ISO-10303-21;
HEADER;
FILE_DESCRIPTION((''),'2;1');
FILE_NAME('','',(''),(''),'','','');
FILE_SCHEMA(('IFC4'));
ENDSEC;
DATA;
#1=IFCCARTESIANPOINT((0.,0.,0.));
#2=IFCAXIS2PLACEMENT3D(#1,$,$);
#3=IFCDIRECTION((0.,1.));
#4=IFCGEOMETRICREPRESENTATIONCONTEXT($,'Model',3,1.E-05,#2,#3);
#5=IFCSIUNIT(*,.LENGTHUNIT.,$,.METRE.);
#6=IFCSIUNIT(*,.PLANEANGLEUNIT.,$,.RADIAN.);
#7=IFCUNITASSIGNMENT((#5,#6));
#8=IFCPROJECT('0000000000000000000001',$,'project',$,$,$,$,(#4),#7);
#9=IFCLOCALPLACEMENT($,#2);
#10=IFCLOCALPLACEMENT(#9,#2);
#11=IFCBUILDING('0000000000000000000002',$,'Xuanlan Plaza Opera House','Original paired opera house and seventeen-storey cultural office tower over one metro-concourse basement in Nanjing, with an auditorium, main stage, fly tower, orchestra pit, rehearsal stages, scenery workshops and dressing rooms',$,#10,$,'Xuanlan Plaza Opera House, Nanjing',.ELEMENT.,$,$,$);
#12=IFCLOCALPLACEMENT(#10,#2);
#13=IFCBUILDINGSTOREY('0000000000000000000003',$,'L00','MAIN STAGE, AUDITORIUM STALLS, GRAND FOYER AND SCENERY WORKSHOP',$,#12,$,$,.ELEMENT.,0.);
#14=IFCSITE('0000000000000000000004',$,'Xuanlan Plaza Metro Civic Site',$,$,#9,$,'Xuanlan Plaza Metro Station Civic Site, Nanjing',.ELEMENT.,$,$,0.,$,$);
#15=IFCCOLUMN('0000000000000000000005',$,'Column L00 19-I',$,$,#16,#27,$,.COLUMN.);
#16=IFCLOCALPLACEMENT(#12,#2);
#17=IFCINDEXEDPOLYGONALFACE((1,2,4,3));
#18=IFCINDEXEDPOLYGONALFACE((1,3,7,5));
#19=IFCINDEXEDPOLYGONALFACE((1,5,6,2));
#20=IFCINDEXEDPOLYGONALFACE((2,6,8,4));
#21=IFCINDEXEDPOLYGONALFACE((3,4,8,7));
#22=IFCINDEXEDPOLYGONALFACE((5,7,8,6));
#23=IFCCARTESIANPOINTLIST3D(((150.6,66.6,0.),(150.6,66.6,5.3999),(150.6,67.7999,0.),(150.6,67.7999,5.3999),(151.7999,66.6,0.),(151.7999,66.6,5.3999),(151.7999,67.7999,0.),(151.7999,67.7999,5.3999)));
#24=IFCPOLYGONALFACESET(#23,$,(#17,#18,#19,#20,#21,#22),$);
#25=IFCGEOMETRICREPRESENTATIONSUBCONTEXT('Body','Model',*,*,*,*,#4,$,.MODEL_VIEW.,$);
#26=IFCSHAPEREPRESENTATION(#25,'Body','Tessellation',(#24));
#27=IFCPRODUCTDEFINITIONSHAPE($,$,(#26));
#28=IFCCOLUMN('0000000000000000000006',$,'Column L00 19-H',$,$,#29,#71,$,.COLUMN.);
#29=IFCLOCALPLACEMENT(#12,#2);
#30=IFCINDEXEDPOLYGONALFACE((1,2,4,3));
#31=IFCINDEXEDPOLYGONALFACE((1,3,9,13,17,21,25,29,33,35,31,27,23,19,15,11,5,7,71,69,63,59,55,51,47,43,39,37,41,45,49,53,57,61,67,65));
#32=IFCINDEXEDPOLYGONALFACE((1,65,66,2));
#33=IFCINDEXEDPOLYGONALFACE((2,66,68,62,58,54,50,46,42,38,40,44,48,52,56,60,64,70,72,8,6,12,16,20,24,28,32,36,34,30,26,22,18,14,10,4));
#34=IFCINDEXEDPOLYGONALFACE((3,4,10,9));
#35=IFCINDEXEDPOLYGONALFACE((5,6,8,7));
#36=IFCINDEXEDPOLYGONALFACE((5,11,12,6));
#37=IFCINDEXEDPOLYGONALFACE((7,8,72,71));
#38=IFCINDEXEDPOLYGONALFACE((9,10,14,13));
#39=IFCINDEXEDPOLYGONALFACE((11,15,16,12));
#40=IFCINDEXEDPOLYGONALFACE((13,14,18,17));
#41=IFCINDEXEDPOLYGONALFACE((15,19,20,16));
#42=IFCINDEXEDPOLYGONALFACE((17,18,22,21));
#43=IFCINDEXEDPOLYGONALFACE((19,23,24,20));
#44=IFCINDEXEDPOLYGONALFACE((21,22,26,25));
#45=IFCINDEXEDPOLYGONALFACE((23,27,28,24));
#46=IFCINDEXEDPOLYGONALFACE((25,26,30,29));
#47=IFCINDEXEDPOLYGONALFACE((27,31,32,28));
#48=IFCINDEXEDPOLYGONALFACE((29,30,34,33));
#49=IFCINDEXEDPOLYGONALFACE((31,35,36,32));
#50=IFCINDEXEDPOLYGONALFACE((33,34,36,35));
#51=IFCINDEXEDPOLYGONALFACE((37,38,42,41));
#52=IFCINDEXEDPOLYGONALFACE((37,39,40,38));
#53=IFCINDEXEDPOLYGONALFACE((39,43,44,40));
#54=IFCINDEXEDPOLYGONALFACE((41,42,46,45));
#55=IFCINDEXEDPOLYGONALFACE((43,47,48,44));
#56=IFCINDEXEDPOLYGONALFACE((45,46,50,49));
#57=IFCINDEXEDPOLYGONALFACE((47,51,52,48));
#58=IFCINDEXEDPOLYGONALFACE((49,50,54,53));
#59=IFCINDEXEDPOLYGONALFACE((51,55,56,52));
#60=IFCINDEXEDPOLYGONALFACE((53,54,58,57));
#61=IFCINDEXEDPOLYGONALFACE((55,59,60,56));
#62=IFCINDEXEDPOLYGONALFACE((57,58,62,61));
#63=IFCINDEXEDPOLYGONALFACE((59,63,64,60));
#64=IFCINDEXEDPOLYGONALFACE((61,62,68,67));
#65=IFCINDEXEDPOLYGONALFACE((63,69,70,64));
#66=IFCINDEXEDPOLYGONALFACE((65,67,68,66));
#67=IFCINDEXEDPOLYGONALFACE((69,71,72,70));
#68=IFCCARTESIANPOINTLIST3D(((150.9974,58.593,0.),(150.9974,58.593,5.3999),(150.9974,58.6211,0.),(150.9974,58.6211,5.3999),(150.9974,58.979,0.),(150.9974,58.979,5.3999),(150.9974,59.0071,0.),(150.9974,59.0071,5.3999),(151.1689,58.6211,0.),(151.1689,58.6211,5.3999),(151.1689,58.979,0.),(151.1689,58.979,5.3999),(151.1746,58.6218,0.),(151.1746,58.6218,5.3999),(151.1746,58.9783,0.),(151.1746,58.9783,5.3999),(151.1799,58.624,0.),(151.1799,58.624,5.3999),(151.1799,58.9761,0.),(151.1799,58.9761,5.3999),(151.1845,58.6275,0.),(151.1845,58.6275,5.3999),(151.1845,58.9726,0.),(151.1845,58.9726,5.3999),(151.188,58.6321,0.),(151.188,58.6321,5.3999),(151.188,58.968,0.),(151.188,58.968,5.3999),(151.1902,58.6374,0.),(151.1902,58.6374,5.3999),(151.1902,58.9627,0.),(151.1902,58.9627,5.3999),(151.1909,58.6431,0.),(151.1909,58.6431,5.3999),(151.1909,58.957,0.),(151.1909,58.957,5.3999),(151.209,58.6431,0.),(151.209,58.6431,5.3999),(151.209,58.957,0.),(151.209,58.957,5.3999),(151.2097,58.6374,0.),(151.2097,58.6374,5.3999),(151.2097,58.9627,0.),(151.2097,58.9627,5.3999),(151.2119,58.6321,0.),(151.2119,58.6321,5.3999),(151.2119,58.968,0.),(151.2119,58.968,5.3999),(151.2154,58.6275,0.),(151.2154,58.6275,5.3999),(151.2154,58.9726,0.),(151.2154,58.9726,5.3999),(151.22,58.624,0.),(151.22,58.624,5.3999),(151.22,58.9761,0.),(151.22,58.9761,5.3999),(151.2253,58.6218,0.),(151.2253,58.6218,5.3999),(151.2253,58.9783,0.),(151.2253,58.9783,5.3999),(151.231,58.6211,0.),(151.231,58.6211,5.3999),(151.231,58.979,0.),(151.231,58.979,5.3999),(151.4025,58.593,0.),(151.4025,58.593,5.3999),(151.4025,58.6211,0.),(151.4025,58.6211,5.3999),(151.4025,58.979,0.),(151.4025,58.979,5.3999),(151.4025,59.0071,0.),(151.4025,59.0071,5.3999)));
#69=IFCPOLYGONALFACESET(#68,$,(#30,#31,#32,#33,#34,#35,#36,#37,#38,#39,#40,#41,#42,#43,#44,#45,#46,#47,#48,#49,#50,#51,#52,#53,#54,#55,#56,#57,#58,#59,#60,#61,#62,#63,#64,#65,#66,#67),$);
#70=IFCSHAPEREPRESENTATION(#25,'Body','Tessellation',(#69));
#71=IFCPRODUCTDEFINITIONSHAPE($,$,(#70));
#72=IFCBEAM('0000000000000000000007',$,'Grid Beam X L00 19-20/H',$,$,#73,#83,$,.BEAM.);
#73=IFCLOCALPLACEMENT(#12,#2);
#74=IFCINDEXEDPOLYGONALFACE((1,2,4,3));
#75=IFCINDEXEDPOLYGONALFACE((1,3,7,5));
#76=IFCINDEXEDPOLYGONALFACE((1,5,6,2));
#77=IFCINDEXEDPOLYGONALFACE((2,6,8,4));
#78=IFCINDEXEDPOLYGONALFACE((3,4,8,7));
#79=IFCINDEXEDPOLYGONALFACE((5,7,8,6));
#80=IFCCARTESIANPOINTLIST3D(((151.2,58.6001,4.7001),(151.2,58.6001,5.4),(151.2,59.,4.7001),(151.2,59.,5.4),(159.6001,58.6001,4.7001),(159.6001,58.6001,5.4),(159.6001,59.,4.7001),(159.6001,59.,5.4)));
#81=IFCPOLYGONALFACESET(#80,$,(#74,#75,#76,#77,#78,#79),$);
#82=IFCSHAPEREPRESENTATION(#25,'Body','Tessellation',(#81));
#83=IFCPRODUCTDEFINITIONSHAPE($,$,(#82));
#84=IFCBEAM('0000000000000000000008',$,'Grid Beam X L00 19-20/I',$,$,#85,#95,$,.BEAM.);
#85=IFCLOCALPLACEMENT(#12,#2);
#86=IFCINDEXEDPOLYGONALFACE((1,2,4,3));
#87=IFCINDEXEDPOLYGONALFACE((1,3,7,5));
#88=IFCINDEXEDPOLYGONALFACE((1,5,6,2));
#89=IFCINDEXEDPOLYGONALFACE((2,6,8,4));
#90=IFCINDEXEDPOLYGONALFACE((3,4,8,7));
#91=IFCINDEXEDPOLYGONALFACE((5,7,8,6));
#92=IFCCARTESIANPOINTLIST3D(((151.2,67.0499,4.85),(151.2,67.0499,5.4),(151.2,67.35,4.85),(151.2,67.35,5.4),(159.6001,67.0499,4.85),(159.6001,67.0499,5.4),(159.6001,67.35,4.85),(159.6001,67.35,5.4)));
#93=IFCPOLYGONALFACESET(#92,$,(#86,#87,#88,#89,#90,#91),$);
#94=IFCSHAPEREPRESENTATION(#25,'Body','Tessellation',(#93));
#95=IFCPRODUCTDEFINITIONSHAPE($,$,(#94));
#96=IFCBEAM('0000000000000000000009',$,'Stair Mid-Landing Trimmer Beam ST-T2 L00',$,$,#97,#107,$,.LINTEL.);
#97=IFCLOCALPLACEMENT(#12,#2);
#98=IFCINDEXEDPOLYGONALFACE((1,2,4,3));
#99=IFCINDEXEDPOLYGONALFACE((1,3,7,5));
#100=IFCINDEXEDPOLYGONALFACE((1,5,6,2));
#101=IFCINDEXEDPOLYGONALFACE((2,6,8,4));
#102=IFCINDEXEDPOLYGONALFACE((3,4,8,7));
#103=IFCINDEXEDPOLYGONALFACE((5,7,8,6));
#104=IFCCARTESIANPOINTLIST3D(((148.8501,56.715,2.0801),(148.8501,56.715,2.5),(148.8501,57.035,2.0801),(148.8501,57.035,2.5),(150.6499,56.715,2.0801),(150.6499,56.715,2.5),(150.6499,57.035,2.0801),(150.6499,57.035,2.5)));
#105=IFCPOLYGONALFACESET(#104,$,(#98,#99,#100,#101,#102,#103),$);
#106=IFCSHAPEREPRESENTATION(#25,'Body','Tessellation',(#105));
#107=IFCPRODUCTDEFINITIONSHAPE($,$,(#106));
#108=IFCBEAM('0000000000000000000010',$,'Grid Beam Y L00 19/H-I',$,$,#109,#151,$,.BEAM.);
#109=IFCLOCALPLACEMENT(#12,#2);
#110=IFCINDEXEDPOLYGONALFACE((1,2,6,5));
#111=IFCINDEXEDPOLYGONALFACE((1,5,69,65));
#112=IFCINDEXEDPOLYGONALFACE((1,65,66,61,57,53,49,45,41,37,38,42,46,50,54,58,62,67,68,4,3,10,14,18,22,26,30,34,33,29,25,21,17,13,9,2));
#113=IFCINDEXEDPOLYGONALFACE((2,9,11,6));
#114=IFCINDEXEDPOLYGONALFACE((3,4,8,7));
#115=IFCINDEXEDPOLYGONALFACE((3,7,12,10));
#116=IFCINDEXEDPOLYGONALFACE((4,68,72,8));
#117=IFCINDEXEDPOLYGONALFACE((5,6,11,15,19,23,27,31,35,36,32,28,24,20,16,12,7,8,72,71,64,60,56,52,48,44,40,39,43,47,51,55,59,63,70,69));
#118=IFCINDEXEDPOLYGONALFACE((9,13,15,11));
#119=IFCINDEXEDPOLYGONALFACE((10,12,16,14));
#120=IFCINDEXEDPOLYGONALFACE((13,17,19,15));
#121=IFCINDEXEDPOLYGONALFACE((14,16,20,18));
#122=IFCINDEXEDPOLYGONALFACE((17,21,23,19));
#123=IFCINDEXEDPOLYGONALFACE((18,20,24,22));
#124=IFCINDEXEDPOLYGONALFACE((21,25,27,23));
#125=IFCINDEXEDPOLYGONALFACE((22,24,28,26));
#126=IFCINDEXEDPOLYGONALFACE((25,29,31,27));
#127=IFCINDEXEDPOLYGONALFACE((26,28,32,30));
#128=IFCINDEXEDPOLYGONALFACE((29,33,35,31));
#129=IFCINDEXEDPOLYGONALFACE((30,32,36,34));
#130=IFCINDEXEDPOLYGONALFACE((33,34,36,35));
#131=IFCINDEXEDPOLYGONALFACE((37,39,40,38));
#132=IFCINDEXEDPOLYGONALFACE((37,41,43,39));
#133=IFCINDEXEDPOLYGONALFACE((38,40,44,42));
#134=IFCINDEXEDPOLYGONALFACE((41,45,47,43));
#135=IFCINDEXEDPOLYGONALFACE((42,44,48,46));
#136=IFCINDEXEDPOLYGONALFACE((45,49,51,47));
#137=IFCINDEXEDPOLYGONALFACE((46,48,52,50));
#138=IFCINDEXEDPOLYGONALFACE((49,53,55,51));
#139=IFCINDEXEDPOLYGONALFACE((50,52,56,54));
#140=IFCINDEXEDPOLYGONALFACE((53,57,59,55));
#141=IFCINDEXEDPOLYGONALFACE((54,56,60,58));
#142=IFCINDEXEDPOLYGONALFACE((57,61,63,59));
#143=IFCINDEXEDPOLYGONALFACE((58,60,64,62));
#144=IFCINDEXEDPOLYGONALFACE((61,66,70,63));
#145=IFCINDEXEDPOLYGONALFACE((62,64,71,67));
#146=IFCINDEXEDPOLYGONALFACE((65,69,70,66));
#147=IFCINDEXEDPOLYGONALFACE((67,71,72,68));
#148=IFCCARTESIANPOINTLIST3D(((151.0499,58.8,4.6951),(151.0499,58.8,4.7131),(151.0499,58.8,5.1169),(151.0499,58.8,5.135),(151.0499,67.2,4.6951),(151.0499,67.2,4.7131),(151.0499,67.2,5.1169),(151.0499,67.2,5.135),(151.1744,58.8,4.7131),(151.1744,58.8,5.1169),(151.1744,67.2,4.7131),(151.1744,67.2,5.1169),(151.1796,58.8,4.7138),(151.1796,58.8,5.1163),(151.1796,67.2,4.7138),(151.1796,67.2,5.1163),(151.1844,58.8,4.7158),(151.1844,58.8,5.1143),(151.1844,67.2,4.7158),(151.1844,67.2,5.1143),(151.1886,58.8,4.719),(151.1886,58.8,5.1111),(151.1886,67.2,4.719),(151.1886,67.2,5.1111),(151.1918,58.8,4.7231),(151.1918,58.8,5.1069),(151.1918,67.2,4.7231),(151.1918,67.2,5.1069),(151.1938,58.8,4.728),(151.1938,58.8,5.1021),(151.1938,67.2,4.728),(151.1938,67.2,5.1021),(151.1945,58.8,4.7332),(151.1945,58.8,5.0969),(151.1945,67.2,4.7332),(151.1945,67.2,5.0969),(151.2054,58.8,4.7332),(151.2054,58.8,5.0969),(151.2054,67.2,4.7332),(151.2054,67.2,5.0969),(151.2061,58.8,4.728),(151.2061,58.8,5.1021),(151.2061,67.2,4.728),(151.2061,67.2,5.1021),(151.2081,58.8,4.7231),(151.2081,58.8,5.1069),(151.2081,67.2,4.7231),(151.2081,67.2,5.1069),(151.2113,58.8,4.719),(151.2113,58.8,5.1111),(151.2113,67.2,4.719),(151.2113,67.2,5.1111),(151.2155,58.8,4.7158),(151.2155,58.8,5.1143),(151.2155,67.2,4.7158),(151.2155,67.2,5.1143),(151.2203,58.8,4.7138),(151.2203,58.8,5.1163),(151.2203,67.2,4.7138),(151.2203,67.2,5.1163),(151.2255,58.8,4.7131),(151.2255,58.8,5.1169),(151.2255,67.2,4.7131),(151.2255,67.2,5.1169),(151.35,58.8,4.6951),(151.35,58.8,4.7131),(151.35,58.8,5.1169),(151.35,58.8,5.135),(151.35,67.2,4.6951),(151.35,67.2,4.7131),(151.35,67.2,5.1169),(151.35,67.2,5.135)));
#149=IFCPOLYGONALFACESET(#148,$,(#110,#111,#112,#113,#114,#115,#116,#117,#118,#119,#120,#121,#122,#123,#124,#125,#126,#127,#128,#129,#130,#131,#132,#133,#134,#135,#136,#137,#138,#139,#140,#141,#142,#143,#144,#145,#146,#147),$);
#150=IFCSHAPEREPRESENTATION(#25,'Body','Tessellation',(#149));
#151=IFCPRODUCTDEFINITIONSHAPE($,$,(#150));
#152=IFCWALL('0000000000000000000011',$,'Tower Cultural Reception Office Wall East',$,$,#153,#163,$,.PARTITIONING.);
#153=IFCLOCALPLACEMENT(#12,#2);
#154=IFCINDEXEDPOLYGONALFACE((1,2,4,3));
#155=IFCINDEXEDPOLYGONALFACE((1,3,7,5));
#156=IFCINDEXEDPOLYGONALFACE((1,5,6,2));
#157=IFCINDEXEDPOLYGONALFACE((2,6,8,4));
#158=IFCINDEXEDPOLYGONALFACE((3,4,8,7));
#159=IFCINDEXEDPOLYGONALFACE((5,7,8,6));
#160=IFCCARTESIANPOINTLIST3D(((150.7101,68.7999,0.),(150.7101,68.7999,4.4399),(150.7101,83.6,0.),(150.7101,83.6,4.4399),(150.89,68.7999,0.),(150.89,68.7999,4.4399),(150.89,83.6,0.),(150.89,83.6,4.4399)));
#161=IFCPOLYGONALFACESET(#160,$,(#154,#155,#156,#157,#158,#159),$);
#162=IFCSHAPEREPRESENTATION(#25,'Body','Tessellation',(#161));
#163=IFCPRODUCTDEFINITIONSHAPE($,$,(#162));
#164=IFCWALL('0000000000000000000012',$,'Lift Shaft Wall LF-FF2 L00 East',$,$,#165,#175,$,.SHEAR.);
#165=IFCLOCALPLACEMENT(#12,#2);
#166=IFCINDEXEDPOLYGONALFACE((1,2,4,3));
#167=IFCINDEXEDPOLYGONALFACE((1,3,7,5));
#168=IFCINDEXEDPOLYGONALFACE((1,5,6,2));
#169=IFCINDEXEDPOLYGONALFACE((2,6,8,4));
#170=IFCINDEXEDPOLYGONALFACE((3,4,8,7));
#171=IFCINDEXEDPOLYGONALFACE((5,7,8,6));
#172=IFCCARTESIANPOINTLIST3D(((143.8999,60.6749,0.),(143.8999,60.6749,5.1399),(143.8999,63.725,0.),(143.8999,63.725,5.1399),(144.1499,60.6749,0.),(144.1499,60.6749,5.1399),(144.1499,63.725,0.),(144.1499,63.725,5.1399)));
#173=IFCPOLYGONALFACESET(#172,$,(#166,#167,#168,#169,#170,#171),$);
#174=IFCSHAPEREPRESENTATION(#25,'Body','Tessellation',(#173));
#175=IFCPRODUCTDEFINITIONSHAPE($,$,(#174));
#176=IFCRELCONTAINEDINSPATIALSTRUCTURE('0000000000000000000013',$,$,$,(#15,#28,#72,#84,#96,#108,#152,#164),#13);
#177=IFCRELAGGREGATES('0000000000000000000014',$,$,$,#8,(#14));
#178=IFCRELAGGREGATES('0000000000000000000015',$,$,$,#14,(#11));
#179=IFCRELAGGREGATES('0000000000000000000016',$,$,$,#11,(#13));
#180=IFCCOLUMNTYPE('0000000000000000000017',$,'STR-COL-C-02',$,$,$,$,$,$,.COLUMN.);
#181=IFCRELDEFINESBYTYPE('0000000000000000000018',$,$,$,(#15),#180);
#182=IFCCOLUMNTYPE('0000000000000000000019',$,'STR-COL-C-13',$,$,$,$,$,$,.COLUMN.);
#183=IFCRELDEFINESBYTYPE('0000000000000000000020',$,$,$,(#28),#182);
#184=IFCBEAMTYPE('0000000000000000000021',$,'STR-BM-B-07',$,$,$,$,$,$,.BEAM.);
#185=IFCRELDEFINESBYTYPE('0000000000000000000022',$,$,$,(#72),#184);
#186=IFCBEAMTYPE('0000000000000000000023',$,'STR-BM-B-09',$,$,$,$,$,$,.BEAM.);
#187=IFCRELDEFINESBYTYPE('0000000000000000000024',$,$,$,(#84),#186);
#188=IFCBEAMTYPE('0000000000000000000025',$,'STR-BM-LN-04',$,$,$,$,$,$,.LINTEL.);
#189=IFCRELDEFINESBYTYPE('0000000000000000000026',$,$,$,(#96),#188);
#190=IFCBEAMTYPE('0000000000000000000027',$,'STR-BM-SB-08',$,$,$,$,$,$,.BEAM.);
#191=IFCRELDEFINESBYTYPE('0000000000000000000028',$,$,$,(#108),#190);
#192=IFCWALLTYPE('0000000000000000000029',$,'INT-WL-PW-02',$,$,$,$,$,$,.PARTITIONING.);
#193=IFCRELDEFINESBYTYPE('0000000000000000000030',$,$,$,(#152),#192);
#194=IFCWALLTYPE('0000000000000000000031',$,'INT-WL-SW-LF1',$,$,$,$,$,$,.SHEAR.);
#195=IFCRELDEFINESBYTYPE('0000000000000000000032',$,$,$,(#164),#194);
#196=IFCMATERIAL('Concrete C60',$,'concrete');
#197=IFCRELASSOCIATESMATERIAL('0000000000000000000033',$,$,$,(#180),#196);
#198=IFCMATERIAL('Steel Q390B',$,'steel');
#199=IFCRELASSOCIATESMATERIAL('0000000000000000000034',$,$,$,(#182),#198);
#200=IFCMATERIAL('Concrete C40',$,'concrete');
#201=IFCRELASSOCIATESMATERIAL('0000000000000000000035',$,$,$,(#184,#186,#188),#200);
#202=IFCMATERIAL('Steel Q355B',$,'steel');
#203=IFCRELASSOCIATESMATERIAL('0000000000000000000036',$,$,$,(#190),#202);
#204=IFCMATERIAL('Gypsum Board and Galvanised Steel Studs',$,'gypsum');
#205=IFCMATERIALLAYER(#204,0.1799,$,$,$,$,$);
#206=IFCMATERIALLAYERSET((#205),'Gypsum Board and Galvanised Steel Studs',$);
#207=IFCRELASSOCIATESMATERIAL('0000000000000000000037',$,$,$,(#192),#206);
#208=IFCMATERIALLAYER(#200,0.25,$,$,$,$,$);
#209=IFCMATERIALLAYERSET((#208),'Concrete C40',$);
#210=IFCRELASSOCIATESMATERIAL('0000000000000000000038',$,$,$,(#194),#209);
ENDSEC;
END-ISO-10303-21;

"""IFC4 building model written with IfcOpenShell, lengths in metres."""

from ifc_helpers import new_model, si_unit, direction, frame, frame_2d, origin, origin_2d, place, context, subcontext, project, spatial, rectangle, i_section, extrude, material, layer, layer_set, material_profile, profile_set, type_object, element, save


model = new_model("IFC4")

# Units and contexts
model_context = context("Model", 3, precision=1e-05, world=origin(), true_north=direction((0.0, 1.0)))
body_context = subcontext(model_context, "Body", "Model", "MODEL_VIEW")
ifc_project = project(units=[si_unit("LENGTHUNIT", "METRE"), si_unit("PLANEANGLEUNIT", "RADIAN")], contexts=[model_context])

# Site, building, storey
site_placement = place(None, origin())
site = spatial("IfcSite", under=ifc_project, at=site_placement, Name="Xuanlan Plaza Metro Civic Site", LongName="Xuanlan Plaza Metro Station Civic Site, Nanjing", CompositionType="ELEMENT", RefElevation=0.0)
building_placement = place(site_placement, origin())
building = spatial("IfcBuilding", under=site, at=building_placement, Name="Xuanlan Plaza Opera House", Description="Original paired opera house and seventeen-storey cultural office tower over one metro-concourse basement in Nanjing, with an auditorium, main stage, fly tower, orchestra pit, rehearsal stages, scenery workshops and dressing rooms", LongName="Xuanlan Plaza Opera House, Nanjing", CompositionType="ELEMENT")
storey_placement = place(building_placement, origin())
storey = spatial("IfcBuildingStorey", under=building, at=storey_placement, Name="L00", Description="MAIN STAGE, AUDITORIUM STALLS, GRAND FOYER AND SCENERY WORKSHOP", CompositionType="ELEMENT", Elevation=0.0)

# Columns
ifc_material_1 = material(Name="Concrete C60", Category="concrete")
ifc_material_profile_1 = material_profile(ifc_material_1, rectangle(XDim=1.2, YDim=1.2, at=origin_2d()), Name="RC-COL 1200x1200")
ifc_profile_set_1 = profile_set([ifc_material_profile_1], Name="Concrete C60")
column_type_1 = type_object("IfcColumnType", Name="STR-COL-C-02", PredefinedType="COLUMN", material=ifc_profile_set_1)
column_1_placement = place(storey_placement, frame((151.2, 67.2, 0.0), z_axis=(0.0, 0.0, 1.0), x_axis=(1.0, 0.0, 0.0)))
element("IfcColumn", 1, at=column_1_placement, inside=storey, type_object=column_type_1, Name="Column L00 19-I", PredefinedType="COLUMN", context=body_context, shape_type="SweptSolid", body=[
    extrude(rectangle(XDim=1.2, YDim=1.2, at=origin_2d()), origin(), (0.0, 0.0, 1.0), 5.3999),
])
ifc_material_2 = material(Name="Steel Q390B", Category="steel")
ifc_material_profile_2 = material_profile(ifc_material_2, i_section(OverallWidth=0.405, OverallDepth=0.4141, WebThickness=0.0181, FlangeThickness=0.0281, FilletRadius=0.022, at=origin_2d()), Name="HW 414x405x18x28")
ifc_profile_set_2 = profile_set([ifc_material_profile_2], Name="Steel Q390B")
column_type_2 = type_object("IfcColumnType", Name="STR-COL-C-13", PredefinedType="COLUMN", material=ifc_profile_set_2)
column_2_placement = place(storey_placement, frame((151.2, 58.8, 0.0), z_axis=(0.0, 0.0, 1.0), x_axis=(1.0, 0.0, 0.0)))
element("IfcColumn", 2, at=column_2_placement, inside=storey, type_object=column_type_2, Name="Column L00 19-H", PredefinedType="COLUMN", context=body_context, shape_type="SweptSolid", body=[
    extrude(i_section(OverallWidth=0.405, OverallDepth=0.4141, WebThickness=0.0181, FlangeThickness=0.0281, FilletRadius=0.022, at=origin_2d()), origin(), (0.0, 0.0, 1.0), 5.3999),
])

# Beams
ifc_material_3 = material(Name="Concrete C40", Category="concrete")
ifc_material_profile_3 = material_profile(ifc_material_3, rectangle(XDim=0.3999, YDim=0.7, at=origin_2d()), Name="RC-BM 400x700")
ifc_profile_set_3 = profile_set([ifc_material_profile_3], Name="Concrete C40")
beam_type_1 = type_object("IfcBeamType", Name="STR-BM-B-07", PredefinedType="BEAM", material=ifc_profile_set_3)
beam_1_placement = place(storey_placement, frame((151.2, 58.8, 5.05), z_axis=(1.0, 0.0, 0.0), x_axis=(0.0, 1.0, 0.0)))
element("IfcBeam", 3, at=beam_1_placement, inside=storey, type_object=beam_type_1, Name="Grid Beam X L00 19-20/H", PredefinedType="BEAM", context=body_context, shape_type="SweptSolid", body=[
    extrude(rectangle(XDim=0.3999, YDim=0.7, at=origin_2d()), origin(), (0.0, 0.0, 1.0), 8.4001),
])
ifc_material_profile_4 = material_profile(ifc_material_3, rectangle(XDim=0.3, YDim=0.55, at=origin_2d()), Name="RC-BM 300x550")
ifc_profile_set_4 = profile_set([ifc_material_profile_4], Name="Concrete C40")
beam_type_2 = type_object("IfcBeamType", Name="STR-BM-B-09", PredefinedType="BEAM", material=ifc_profile_set_4)
beam_2_placement = place(storey_placement, frame((151.2, 67.2, 5.125), z_axis=(1.0, 0.0, 0.0), x_axis=(0.0, 1.0, 0.0)))
element("IfcBeam", 4, at=beam_2_placement, inside=storey, type_object=beam_type_2, Name="Grid Beam X L00 19-20/I", PredefinedType="BEAM", context=body_context, shape_type="SweptSolid", body=[
    extrude(rectangle(XDim=0.3, YDim=0.55, at=origin_2d()), origin(), (0.0, 0.0, 1.0), 8.4001),
])
ifc_material_profile_5 = material_profile(ifc_material_3, rectangle(XDim=0.3201, YDim=0.4199, at=origin_2d()), Name="RC-LNT 320x420")
ifc_profile_set_5 = profile_set([ifc_material_profile_5], Name="Concrete C40")
beam_type_3 = type_object("IfcBeamType", Name="STR-BM-LN-04", PredefinedType="LINTEL", material=ifc_profile_set_5)
beam_3_placement = place(storey_placement, frame((148.8501, 56.875, 2.29), z_axis=(1.0, 0.0, 0.0), x_axis=(0.0, 1.0, 0.0)))
element("IfcBeam", 5, at=beam_3_placement, inside=storey, type_object=beam_type_3, Name="Stair Mid-Landing Trimmer Beam ST-T2 L00", PredefinedType="LINTEL", context=body_context, shape_type="SweptSolid", body=[
    extrude(rectangle(XDim=0.3201, YDim=0.4199, at=origin_2d()), origin(), (0.0, 0.0, 1.0), 1.7998),
])
ifc_material_4 = material(Name="Steel Q355B", Category="steel")
ifc_material_profile_6 = material_profile(ifc_material_4, i_section(OverallWidth=0.3, OverallDepth=0.4399, WebThickness=0.011, FlangeThickness=0.0181, FilletRadius=0.02, at=origin_2d()), Name="HM 440x300x11x18")
ifc_profile_set_6 = profile_set([ifc_material_profile_6], Name="Steel Q355B")
beam_type_4 = type_object("IfcBeamType", Name="STR-BM-SB-08", PredefinedType="BEAM", material=ifc_profile_set_6)
beam_4_placement = place(storey_placement, frame((151.2, 58.8, 4.915), z_axis=(0.0, 1.0, 0.0), x_axis=(-1.0, 0.0, 0.0)))
element("IfcBeam", 6, at=beam_4_placement, inside=storey, type_object=beam_type_4, Name="Grid Beam Y L00 19/H-I", PredefinedType="BEAM", context=body_context, shape_type="SweptSolid", body=[
    extrude(i_section(OverallWidth=0.3, OverallDepth=0.4399, WebThickness=0.011, FlangeThickness=0.0181, FilletRadius=0.02, at=origin_2d()), origin(), (0.0, 0.0, 1.0), 8.3999),
])

# Walls
ifc_material_5 = material(Name="Gypsum Board and Galvanised Steel Studs", Category="gypsum")
ifc_layer_1 = layer(ifc_material_5, 0.1799)
ifc_layer_set_1 = layer_set([ifc_layer_1], Name="Gypsum Board and Galvanised Steel Studs")
wall_type_1 = type_object("IfcWallType", Name="INT-WL-PW-02", PredefinedType="PARTITIONING", material=ifc_layer_set_1)
wall_1_placement = place(storey_placement, frame((150.8, 68.8, 0.0), z_axis=(0.0, 0.0, 1.0), x_axis=(0.0, 1.0, 0.0)))
element("IfcWall", 7, at=wall_1_placement, inside=storey, type_object=wall_type_1, Name="Tower Cultural Reception Office Wall East", PredefinedType="PARTITIONING", context=body_context, shape_type="SweptSolid", body=[
    extrude(rectangle(XDim=14.8, YDim=0.1799, at=frame_2d((7.3999, 0.0))), origin(), (0.0, 0.0, 1.0), 4.4399),
])
ifc_layer_2 = layer(ifc_material_3, 0.25)
ifc_layer_set_2 = layer_set([ifc_layer_2], Name="Concrete C40")
wall_type_2 = type_object("IfcWallType", Name="INT-WL-SW-LF1", PredefinedType="SHEAR", material=ifc_layer_set_2)
wall_2_placement = place(storey_placement, frame((144.0249, 60.675, 0.0), z_axis=(0.0, 0.0, 1.0), x_axis=(0.0, 1.0, 0.0)))
element("IfcWall", 8, at=wall_2_placement, inside=storey, type_object=wall_type_2, Name="Lift Shaft Wall LF-FF2 L00 East", PredefinedType="SHEAR", context=body_context, shape_type="SweptSolid", body=[
    extrude(rectangle(XDim=3.05, YDim=0.25, at=frame_2d((1.5249, 0.0))), origin(), (0.0, 0.0, 1.0), 5.1399),
])

save(model, "model.ifc")
